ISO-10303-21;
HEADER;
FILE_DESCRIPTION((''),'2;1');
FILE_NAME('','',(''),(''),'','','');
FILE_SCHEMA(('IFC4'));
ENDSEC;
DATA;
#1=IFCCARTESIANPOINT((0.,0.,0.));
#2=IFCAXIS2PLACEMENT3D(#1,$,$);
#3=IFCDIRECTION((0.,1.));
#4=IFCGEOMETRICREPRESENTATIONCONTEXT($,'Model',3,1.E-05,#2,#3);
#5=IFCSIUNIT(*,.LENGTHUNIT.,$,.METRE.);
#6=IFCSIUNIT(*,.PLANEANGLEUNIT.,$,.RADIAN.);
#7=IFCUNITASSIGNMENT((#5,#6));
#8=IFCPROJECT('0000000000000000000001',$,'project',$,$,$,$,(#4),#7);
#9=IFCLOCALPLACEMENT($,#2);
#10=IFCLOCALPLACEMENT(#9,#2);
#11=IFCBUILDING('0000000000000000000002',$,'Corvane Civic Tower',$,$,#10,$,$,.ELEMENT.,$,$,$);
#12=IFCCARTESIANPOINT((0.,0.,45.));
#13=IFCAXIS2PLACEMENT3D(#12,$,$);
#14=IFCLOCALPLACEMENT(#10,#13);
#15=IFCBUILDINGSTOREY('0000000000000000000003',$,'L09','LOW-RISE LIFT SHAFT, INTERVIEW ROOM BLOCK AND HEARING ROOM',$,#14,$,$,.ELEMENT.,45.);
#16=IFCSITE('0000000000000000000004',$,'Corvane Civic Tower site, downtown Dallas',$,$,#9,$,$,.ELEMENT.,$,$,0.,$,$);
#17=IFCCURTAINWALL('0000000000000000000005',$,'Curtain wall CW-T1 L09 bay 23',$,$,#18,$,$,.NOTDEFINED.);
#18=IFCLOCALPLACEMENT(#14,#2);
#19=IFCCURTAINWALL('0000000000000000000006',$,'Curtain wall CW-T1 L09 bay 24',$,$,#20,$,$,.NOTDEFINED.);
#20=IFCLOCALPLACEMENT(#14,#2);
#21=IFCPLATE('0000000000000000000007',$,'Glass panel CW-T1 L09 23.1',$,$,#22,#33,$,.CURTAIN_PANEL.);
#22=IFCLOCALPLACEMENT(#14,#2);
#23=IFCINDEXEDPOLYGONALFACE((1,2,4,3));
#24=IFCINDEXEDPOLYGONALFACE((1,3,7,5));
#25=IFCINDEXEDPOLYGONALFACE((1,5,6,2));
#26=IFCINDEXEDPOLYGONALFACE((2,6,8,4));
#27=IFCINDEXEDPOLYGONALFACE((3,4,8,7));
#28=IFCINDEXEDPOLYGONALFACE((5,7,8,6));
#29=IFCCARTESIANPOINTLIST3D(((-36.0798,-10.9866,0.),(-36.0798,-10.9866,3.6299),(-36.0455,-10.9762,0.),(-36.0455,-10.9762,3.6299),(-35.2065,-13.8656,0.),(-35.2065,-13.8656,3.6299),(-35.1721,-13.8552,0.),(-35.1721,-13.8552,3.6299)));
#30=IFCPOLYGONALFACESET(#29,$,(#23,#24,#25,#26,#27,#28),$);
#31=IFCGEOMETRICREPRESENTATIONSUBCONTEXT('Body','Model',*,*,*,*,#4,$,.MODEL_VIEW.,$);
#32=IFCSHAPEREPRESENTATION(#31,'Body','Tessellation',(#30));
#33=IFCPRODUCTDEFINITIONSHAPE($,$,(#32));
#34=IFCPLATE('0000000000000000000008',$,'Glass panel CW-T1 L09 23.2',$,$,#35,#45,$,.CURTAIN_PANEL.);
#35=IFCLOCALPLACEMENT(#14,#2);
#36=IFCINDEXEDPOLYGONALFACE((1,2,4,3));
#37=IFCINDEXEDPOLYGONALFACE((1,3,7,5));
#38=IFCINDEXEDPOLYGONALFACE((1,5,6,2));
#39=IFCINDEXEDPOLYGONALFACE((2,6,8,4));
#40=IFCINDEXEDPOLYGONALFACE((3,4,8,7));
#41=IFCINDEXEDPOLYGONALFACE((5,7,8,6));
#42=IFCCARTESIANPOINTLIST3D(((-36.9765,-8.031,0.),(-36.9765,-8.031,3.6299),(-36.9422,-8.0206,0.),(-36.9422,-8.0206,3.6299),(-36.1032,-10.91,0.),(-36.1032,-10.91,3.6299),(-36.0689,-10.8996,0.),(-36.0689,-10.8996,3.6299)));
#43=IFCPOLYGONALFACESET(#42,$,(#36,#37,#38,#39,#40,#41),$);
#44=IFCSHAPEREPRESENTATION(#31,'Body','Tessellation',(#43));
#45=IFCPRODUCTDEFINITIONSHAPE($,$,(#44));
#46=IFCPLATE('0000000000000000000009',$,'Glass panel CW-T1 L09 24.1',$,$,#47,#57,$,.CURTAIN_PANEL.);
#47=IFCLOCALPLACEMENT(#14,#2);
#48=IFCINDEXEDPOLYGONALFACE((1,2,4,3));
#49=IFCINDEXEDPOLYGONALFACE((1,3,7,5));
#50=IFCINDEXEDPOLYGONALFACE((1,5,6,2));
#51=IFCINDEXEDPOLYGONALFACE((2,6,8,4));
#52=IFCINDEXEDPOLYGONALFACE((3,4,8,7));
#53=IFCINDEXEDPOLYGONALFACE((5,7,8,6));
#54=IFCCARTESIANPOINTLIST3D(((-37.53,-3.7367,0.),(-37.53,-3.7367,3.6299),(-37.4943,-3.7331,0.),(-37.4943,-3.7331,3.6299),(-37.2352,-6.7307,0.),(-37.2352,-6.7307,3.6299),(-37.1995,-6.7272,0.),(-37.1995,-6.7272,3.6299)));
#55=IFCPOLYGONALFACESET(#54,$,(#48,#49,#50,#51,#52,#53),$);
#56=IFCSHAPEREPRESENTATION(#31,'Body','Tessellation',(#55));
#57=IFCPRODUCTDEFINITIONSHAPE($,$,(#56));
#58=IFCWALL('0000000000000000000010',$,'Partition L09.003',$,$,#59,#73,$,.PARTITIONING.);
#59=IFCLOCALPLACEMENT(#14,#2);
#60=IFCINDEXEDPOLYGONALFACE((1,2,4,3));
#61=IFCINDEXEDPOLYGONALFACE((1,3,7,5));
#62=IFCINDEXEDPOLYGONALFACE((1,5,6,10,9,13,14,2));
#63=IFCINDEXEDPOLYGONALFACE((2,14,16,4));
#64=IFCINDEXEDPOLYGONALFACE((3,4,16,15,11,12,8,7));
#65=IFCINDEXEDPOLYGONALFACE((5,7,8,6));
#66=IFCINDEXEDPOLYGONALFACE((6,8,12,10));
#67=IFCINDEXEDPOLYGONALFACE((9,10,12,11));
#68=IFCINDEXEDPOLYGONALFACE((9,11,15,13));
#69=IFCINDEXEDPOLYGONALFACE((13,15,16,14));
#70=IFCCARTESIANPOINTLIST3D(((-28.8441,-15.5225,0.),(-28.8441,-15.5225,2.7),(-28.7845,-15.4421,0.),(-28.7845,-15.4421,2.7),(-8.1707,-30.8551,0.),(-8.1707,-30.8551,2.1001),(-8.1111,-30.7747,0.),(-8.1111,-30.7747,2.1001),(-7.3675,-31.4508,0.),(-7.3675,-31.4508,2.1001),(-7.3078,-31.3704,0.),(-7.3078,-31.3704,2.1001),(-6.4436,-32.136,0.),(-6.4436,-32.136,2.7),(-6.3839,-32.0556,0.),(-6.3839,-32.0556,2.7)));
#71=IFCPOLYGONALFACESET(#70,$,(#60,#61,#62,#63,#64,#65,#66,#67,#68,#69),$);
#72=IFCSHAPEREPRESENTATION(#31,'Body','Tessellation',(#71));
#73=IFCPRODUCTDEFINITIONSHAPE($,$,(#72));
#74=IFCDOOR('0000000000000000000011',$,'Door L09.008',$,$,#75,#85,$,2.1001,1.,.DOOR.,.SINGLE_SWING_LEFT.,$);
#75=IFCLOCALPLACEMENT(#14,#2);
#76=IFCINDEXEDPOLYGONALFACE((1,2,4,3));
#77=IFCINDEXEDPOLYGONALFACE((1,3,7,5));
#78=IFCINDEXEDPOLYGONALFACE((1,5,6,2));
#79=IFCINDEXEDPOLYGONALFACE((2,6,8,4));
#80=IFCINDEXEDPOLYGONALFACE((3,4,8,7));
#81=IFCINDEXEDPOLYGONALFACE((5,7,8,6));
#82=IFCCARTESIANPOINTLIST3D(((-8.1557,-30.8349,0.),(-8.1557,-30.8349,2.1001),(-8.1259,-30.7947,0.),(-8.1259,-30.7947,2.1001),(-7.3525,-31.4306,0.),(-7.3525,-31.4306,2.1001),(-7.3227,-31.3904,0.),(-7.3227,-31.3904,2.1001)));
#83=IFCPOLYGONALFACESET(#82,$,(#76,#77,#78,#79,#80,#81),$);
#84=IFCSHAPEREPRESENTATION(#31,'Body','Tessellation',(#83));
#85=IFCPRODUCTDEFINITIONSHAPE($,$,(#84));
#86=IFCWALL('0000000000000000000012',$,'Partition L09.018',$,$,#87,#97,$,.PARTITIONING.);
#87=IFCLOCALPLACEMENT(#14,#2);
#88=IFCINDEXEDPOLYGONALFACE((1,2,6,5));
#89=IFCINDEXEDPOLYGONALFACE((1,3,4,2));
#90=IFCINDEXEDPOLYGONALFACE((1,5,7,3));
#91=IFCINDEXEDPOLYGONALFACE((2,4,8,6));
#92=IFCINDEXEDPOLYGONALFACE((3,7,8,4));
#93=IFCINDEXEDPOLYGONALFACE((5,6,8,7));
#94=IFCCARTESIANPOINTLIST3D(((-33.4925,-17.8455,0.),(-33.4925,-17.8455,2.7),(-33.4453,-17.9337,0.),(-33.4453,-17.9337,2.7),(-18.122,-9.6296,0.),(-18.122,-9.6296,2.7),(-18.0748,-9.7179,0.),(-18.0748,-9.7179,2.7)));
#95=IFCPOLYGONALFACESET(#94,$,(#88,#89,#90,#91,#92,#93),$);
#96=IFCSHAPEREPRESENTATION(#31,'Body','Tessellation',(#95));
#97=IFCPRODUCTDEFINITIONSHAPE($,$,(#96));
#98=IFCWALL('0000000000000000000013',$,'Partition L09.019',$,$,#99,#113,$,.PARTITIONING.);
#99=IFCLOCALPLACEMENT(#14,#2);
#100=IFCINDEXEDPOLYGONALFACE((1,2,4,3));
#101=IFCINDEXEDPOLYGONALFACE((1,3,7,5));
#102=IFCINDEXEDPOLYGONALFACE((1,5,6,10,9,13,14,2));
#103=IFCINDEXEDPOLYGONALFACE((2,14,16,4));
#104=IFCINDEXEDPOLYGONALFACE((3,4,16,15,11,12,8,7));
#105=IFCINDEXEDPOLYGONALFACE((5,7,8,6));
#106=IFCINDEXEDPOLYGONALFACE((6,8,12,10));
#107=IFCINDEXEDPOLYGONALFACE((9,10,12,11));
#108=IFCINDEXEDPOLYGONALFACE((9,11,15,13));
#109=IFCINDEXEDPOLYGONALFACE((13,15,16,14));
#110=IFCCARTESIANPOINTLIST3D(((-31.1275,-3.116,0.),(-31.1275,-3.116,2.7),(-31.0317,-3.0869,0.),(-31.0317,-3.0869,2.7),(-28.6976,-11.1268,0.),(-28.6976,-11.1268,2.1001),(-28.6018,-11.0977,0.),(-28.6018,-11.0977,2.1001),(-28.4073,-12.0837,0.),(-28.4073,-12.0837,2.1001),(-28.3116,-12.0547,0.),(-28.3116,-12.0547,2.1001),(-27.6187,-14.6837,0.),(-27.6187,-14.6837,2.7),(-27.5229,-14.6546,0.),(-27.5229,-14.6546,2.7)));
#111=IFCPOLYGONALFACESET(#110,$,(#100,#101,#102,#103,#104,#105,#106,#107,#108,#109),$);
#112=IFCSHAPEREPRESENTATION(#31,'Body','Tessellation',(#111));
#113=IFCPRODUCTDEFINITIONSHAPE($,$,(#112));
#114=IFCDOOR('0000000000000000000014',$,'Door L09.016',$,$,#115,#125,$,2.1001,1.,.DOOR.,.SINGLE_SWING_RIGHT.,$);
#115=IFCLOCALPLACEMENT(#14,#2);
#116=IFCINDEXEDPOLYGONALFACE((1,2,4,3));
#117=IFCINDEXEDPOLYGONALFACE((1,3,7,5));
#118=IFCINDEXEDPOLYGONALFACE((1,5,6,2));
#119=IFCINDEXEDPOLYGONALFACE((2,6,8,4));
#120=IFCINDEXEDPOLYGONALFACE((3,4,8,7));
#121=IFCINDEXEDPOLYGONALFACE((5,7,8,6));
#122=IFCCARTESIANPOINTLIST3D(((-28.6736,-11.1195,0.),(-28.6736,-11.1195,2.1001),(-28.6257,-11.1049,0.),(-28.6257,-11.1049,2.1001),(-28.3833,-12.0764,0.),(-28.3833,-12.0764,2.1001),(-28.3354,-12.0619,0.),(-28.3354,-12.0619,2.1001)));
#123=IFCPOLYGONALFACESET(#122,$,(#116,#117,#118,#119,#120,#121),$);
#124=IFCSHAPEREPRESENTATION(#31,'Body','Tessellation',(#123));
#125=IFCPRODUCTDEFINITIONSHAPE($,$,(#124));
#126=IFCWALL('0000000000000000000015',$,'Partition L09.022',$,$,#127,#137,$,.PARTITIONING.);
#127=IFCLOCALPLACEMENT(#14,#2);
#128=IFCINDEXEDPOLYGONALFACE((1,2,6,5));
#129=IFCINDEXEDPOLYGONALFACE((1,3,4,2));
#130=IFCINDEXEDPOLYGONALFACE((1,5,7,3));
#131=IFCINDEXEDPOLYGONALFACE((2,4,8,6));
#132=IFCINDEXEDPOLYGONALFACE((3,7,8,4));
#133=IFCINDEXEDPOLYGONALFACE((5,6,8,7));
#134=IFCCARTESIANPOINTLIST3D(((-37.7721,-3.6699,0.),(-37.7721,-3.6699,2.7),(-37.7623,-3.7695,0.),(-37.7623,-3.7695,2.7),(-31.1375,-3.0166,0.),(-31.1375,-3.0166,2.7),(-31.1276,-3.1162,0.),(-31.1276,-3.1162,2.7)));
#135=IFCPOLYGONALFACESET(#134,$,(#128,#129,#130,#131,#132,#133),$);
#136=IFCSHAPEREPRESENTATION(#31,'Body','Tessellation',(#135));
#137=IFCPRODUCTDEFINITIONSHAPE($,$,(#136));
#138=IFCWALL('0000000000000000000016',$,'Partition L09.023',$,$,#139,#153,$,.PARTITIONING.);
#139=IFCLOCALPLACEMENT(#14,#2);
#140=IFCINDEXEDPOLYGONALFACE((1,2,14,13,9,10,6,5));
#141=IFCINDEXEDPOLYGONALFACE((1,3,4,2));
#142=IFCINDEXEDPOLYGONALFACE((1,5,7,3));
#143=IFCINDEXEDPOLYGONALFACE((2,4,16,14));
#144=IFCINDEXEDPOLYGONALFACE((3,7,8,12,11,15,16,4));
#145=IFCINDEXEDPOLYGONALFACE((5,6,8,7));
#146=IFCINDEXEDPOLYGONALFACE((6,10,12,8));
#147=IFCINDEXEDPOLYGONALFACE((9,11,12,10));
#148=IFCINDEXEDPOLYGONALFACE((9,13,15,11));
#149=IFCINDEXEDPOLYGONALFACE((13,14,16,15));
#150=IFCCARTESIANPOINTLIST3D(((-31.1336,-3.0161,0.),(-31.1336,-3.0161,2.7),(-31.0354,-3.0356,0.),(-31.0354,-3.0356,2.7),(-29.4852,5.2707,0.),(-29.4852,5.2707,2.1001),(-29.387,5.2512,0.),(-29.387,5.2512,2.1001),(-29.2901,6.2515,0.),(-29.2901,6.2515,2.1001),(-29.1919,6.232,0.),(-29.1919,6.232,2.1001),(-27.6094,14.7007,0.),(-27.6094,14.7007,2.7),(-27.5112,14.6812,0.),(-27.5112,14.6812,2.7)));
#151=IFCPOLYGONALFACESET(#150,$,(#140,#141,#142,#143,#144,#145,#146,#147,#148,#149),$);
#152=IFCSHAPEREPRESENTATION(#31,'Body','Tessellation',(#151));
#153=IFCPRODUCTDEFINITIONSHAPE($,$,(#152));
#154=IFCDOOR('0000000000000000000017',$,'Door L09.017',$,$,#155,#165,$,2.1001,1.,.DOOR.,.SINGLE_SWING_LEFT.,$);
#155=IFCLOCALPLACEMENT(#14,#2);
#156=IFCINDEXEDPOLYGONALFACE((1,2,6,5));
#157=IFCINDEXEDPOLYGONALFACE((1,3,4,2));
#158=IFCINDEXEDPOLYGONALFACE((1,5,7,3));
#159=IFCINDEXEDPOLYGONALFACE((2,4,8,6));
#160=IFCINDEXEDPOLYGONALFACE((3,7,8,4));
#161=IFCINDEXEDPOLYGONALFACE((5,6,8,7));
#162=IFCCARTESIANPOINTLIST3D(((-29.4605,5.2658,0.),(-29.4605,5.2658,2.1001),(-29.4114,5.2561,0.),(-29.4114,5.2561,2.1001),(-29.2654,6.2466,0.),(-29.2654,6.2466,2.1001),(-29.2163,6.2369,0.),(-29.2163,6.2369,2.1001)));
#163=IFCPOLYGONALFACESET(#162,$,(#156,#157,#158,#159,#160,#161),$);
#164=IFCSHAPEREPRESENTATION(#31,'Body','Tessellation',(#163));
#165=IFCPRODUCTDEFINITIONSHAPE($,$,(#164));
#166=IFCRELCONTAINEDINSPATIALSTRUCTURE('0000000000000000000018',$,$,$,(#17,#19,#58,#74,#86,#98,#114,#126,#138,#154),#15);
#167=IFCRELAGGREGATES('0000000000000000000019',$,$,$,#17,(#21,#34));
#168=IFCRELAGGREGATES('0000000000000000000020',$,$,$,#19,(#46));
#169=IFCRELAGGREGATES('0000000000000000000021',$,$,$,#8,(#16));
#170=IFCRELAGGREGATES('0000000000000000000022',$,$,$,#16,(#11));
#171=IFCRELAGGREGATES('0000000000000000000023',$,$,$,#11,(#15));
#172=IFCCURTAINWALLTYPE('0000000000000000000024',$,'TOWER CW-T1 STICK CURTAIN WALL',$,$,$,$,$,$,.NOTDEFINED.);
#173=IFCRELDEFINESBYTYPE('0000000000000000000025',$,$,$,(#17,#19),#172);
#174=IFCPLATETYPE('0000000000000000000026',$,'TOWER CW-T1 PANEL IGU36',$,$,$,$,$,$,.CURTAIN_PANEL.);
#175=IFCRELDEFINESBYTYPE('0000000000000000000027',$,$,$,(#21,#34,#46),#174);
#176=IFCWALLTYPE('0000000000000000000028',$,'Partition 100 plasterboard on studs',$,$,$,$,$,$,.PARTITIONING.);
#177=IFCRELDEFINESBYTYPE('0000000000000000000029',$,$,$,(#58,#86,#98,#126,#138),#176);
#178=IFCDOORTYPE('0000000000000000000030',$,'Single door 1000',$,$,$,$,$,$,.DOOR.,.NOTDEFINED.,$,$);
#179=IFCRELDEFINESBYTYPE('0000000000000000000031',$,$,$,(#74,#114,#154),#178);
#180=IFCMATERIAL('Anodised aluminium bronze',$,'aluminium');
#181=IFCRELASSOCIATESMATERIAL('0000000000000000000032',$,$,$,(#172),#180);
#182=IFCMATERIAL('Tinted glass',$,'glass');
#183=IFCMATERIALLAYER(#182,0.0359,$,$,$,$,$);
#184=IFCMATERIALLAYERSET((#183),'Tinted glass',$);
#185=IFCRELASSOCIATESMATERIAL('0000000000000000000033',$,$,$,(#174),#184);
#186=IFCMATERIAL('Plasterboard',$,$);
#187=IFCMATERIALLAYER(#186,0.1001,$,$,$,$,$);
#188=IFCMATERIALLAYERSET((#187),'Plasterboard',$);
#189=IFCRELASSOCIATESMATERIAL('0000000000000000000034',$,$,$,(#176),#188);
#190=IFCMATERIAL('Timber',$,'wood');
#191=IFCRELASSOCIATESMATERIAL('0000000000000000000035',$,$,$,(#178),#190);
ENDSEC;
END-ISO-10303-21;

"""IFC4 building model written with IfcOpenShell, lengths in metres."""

from ifc_helpers import new_model, si_unit, direction, frame, frame_2d, origin, origin_2d, place, context, subcontext, project, spatial, rectangle, extrude, material, layer, layer_set, type_object, element, fill, aggregate, save


model = new_model("IFC4")

# Units and contexts
model_context = context("Model", 3, precision=1e-05, world=origin(), true_north=direction((0.0, 1.0)))
body_context = subcontext(model_context, "Body", "Model", "MODEL_VIEW")
ifc_project = project(units=[si_unit("LENGTHUNIT", "METRE"), si_unit("PLANEANGLEUNIT", "RADIAN")], contexts=[model_context])

# Site, building, storey
site_placement = place(None, origin())
site = spatial("IfcSite", under=ifc_project, at=site_placement, Name="Corvane Civic Tower site, downtown Dallas", CompositionType="ELEMENT", RefElevation=0.0)
building_placement = place(site_placement, origin())
building = spatial("IfcBuilding", under=site, at=building_placement, Name="Corvane Civic Tower", CompositionType="ELEMENT")
storey_placement = place(building_placement, frame((0.0, 0.0, 45.0)))
storey = spatial("IfcBuildingStorey", under=building, at=storey_placement, Name="L09", Description="LOW-RISE LIFT SHAFT, INTERVIEW ROOM BLOCK AND HEARING ROOM", CompositionType="ELEMENT", Elevation=45.0)

# Shared definitions
ifc_material_1 = material(Name="Anodised aluminium bronze", Category="aluminium")
curtain_wall_type = type_object("IfcCurtainWallType", Name="TOWER CW-T1 STICK CURTAIN WALL", PredefinedType="NOTDEFINED", material=ifc_material_1)

# Curtain walls
curtain_wall_1_placement = place(storey_placement, origin())
curtain_wall_1 = element("IfcCurtainWall", 1, at=curtain_wall_1_placement, inside=storey, type_object=curtain_wall_type, Name="Curtain wall CW-T1 L09 bay 23", PredefinedType="NOTDEFINED")
curtain_wall_2_placement = place(storey_placement, origin())
curtain_wall_2 = element("IfcCurtainWall", 2, at=curtain_wall_2_placement, inside=storey, type_object=curtain_wall_type, Name="Curtain wall CW-T1 L09 bay 24", PredefinedType="NOTDEFINED")

# Plates
ifc_material_2 = material(Name="Tinted glass", Category="glass")
ifc_layer_1 = layer(ifc_material_2, 0.0359)
ifc_layer_set_1 = layer_set([ifc_layer_1], Name="Tinted glass")
plate_type = type_object("IfcPlateType", Name="TOWER CW-T1 PANEL IGU36", PredefinedType="CURTAIN_PANEL", material=ifc_layer_set_1)
plate_1_placement = place(storey_placement, frame((-35.626, -12.4209, 0.0), z_axis=(0.0, 0.0, 1.0), x_axis=(-0.290278, 0.956942, 0.0)))
plate_1 = element("IfcPlate", 3, at=plate_1_placement, type_object=plate_type, Name="Glass panel CW-T1 L09 23.1", PredefinedType="CURTAIN_PANEL", context=body_context, shape_type="SweptSolid", body=[
    extrude(rectangle(XDim=3.0085, YDim=0.0359, at=origin_2d()), origin(), (0.0, 0.0, 1.0), 3.6299),
])
plate_2_placement = place(storey_placement, frame((-36.5227, -9.4653, 0.0), z_axis=(0.0, 0.0, 1.0), x_axis=(-0.290278, 0.956942, 0.0)))
plate_2 = element("IfcPlate", 4, at=plate_2_placement, type_object=plate_type, Name="Glass panel CW-T1 L09 23.2", PredefinedType="CURTAIN_PANEL", context=body_context, shape_type="SweptSolid", body=[
    extrude(rectangle(XDim=3.0085, YDim=0.0359, at=origin_2d()), origin(), (0.0, 0.0, 1.0), 3.6299),
])
aggregate(curtain_wall_1, [plate_1, plate_2])
plate_3_placement = place(storey_placement, frame((-37.3647, -5.2319, 0.0), z_axis=(0.0, 0.0, 1.0), x_axis=(-0.098006, 0.995186, 0.0)))
plate_3 = element("IfcPlate", 5, at=plate_3_placement, type_object=plate_type, Name="Glass panel CW-T1 L09 24.1", PredefinedType="CURTAIN_PANEL", context=body_context, shape_type="SweptSolid", body=[
    extrude(rectangle(XDim=3.0085, YDim=0.0359, at=origin_2d()), origin(), (0.0, 0.0, 1.0), 3.6299),
])
aggregate(curtain_wall_2, [plate_3])

# Wall, opening, door
ifc_material_3 = material(Name="Plasterboard")
ifc_layer_2 = layer(ifc_material_3, 0.1001)
ifc_layer_set_2 = layer_set([ifc_layer_2], Name="Plasterboard")
wall_type_1 = type_object("IfcWallType", Name="Partition 100 plasterboard on studs", PredefinedType="PARTITIONING", material=ifc_layer_set_2)
wall_1_placement = place(storey_placement, frame((-28.8142, -15.4824, 0.0), z_axis=(0.0, 0.0, 1.0), x_axis=(0.803206, -0.595701, 0.0)))
wall_1 = element("IfcWall", 6, at=wall_1_placement, inside=storey, type_object=wall_type_1, Name="Partition L09.003", PredefinedType="PARTITIONING", context=body_context, shape_type="SweptSolid", body=[
    extrude(rectangle(XDim=27.8889, YDim=0.1001, at=frame_2d((13.9443, 0.0))), origin(), (0.0, 0.0, 1.0), 2.7),
])
opening_1_placement = place(wall_1_placement, frame((25.7385, 0.0, 0.0)))
opening_1 = element("IfcOpeningElement", 7, at=opening_1_placement, cuts=wall_1, PredefinedType="OPENING", context=body_context, shape_type="SweptSolid", body=[
    extrude(rectangle(XDim=1.0, YDim=2.1001, at=frame_2d((0.5, 1.05))), frame((0.0, 0.0601, 0.0), z_axis=(0.0, -1.0, 0.0), x_axis=(1.0, 0.0, 0.0)), (0.0, 0.0, 1.0), 0.1201),
])
ifc_material_4 = material(Name="Timber", Category="wood")
door_type_1 = type_object("IfcDoorType", Name="Single door 1000", OperationType="NOTDEFINED", PredefinedType="DOOR", material=ifc_material_4)
door_1_placement = place(opening_1_placement, frame((1.0, 0.0, 0.0), z_axis=(0.0, 0.0, 1.0), x_axis=(-1.0, 0.0, 0.0)))
door_1 = element("IfcDoor", 8, at=door_1_placement, inside=storey, type_object=door_type_1, Name="Door L09.008", OperationType="SINGLE_SWING_LEFT", OverallHeight=2.1001, OverallWidth=1.0, PredefinedType="DOOR", context=body_context, shape_type="SweptSolid", body=[
    extrude(rectangle(XDim=1.0, YDim=2.1001, at=frame_2d((0.5, 1.05))), frame((0.0, 0.0249, 0.0), z_axis=(0.0, -1.0, 0.0), x_axis=(1.0, 0.0, 0.0)), (0.0, 0.0, 1.0), 0.05),
])
fill(opening_1, door_1)

# Wall
wall_2_placement = place(storey_placement, frame((-33.469, -17.8896, 0.0), z_axis=(0.0, 0.0, 1.0), x_axis=(0.881917, 0.471405, 0.0)))
element("IfcWall", 9, at=wall_2_placement, inside=storey, type_object=wall_type_1, Name="Partition L09.018", PredefinedType="PARTITIONING", context=body_context, shape_type="SweptSolid", body=[
    extrude(rectangle(XDim=17.4285, YDim=0.1001, at=frame_2d((8.7144, 0.0))), origin(), (0.0, 0.0, 1.0), 2.7),
])

# Wall, opening, door
wall_3_placement = place(storey_placement, frame((-31.0796, -3.1016, 0.0), z_axis=(0.0, 0.0, 1.0), x_axis=(0.290269, -0.956945, 0.0)))
wall_3 = element("IfcWall", 10, at=wall_3_placement, inside=storey, type_object=wall_type_1, Name="Partition L09.019", PredefinedType="PARTITIONING", context=body_context, shape_type="SweptSolid", body=[
    extrude(rectangle(XDim=12.0881, YDim=0.1001, at=frame_2d((6.0439, 0.0))), origin(), (0.0, 0.0, 1.0), 2.7),
])
opening_2_placement = place(wall_3_placement, frame((8.3711, 0.0, 0.0)))
opening_2 = element("IfcOpeningElement", 11, at=opening_2_placement, cuts=wall_3, PredefinedType="OPENING", context=body_context, shape_type="SweptSolid", body=[
    extrude(rectangle(XDim=1.0, YDim=2.1001, at=frame_2d((0.5, 1.05))), frame((0.0, 0.0601, 0.0), z_axis=(0.0, -1.0, 0.0), x_axis=(1.0, 0.0, 0.0)), (0.0, 0.0, 1.0), 0.1201),
])
door_2_placement = place(opening_2_placement, frame((1.0, 0.0, 0.0), z_axis=(0.0, 0.0, 1.0), x_axis=(-1.0, 0.0, 0.0)))
door_2 = element("IfcDoor", 12, at=door_2_placement, inside=storey, type_object=door_type_1, Name="Door L09.016", OperationType="SINGLE_SWING_RIGHT", OverallHeight=2.1001, OverallWidth=1.0, PredefinedType="DOOR", context=body_context, shape_type="SweptSolid", body=[
    extrude(rectangle(XDim=1.0, YDim=2.1001, at=frame_2d((0.5, 1.05))), frame((0.0, 0.0249, 0.0), z_axis=(0.0, -1.0, 0.0), x_axis=(1.0, 0.0, 0.0)), (0.0, 0.0, 1.0), 0.05),
])
fill(opening_2, door_2)

# Wall
wall_4_placement = place(storey_placement, frame((-37.7673, -3.7197, 0.0), z_axis=(0.0, 0.0, 1.0), x_axis=(0.995187, 0.097995, 0.0)))
element("IfcWall", 13, at=wall_4_placement, inside=storey, type_object=wall_type_1, Name="Partition L09.022", PredefinedType="PARTITIONING", context=body_context, shape_type="SweptSolid", body=[
    extrude(rectangle(XDim=6.6667, YDim=0.1001, at=frame_2d((3.3335, 0.0))), origin(), (0.0, 0.0, 1.0), 2.7),
])

# Wall, opening, door
wall_5_placement = place(storey_placement, frame((-31.0845, -3.0259, 0.0), z_axis=(0.0, 0.0, 1.0), x_axis=(0.195095, 0.980784, 0.0)))
wall_5 = element("IfcWall", 14, at=wall_5_placement, inside=storey, type_object=wall_type_1, Name="Partition L09.023", PredefinedType="PARTITIONING", context=body_context, shape_type="SweptSolid", body=[
    extrude(rectangle(XDim=18.064, YDim=0.1001, at=frame_2d((9.032, 0.0))), origin(), (0.0, 0.0, 1.0), 2.7),
])
opening_3_placement = place(wall_5_placement, frame((8.4492, 0.0, 0.0)))
opening_3 = element("IfcOpeningElement", 15, at=opening_3_placement, cuts=wall_5, PredefinedType="OPENING", context=body_context, shape_type="SweptSolid", body=[
    extrude(rectangle(XDim=1.0, YDim=2.1001, at=frame_2d((0.5, 1.05))), frame((0.0, 0.0601, 0.0), z_axis=(0.0, -1.0, 0.0), x_axis=(1.0, 0.0, 0.0)), (0.0, 0.0, 1.0), 0.1201),
])
door_3_placement = place(opening_3_placement, origin())
door_3 = element("IfcDoor", 16, at=door_3_placement, inside=storey, type_object=door_type_1, Name="Door L09.017", OperationType="SINGLE_SWING_LEFT", OverallHeight=2.1001, OverallWidth=1.0, PredefinedType="DOOR", context=body_context, shape_type="SweptSolid", body=[
    extrude(rectangle(XDim=1.0, YDim=2.1001, at=frame_2d((0.5, 1.05))), frame((0.0, 0.0249, 0.0), z_axis=(0.0, -1.0, 0.0), x_axis=(1.0, 0.0, 0.0)), (0.0, 0.0, 1.0), 0.05),
])
fill(opening_3, door_3)

save(model, "model.ifc")
